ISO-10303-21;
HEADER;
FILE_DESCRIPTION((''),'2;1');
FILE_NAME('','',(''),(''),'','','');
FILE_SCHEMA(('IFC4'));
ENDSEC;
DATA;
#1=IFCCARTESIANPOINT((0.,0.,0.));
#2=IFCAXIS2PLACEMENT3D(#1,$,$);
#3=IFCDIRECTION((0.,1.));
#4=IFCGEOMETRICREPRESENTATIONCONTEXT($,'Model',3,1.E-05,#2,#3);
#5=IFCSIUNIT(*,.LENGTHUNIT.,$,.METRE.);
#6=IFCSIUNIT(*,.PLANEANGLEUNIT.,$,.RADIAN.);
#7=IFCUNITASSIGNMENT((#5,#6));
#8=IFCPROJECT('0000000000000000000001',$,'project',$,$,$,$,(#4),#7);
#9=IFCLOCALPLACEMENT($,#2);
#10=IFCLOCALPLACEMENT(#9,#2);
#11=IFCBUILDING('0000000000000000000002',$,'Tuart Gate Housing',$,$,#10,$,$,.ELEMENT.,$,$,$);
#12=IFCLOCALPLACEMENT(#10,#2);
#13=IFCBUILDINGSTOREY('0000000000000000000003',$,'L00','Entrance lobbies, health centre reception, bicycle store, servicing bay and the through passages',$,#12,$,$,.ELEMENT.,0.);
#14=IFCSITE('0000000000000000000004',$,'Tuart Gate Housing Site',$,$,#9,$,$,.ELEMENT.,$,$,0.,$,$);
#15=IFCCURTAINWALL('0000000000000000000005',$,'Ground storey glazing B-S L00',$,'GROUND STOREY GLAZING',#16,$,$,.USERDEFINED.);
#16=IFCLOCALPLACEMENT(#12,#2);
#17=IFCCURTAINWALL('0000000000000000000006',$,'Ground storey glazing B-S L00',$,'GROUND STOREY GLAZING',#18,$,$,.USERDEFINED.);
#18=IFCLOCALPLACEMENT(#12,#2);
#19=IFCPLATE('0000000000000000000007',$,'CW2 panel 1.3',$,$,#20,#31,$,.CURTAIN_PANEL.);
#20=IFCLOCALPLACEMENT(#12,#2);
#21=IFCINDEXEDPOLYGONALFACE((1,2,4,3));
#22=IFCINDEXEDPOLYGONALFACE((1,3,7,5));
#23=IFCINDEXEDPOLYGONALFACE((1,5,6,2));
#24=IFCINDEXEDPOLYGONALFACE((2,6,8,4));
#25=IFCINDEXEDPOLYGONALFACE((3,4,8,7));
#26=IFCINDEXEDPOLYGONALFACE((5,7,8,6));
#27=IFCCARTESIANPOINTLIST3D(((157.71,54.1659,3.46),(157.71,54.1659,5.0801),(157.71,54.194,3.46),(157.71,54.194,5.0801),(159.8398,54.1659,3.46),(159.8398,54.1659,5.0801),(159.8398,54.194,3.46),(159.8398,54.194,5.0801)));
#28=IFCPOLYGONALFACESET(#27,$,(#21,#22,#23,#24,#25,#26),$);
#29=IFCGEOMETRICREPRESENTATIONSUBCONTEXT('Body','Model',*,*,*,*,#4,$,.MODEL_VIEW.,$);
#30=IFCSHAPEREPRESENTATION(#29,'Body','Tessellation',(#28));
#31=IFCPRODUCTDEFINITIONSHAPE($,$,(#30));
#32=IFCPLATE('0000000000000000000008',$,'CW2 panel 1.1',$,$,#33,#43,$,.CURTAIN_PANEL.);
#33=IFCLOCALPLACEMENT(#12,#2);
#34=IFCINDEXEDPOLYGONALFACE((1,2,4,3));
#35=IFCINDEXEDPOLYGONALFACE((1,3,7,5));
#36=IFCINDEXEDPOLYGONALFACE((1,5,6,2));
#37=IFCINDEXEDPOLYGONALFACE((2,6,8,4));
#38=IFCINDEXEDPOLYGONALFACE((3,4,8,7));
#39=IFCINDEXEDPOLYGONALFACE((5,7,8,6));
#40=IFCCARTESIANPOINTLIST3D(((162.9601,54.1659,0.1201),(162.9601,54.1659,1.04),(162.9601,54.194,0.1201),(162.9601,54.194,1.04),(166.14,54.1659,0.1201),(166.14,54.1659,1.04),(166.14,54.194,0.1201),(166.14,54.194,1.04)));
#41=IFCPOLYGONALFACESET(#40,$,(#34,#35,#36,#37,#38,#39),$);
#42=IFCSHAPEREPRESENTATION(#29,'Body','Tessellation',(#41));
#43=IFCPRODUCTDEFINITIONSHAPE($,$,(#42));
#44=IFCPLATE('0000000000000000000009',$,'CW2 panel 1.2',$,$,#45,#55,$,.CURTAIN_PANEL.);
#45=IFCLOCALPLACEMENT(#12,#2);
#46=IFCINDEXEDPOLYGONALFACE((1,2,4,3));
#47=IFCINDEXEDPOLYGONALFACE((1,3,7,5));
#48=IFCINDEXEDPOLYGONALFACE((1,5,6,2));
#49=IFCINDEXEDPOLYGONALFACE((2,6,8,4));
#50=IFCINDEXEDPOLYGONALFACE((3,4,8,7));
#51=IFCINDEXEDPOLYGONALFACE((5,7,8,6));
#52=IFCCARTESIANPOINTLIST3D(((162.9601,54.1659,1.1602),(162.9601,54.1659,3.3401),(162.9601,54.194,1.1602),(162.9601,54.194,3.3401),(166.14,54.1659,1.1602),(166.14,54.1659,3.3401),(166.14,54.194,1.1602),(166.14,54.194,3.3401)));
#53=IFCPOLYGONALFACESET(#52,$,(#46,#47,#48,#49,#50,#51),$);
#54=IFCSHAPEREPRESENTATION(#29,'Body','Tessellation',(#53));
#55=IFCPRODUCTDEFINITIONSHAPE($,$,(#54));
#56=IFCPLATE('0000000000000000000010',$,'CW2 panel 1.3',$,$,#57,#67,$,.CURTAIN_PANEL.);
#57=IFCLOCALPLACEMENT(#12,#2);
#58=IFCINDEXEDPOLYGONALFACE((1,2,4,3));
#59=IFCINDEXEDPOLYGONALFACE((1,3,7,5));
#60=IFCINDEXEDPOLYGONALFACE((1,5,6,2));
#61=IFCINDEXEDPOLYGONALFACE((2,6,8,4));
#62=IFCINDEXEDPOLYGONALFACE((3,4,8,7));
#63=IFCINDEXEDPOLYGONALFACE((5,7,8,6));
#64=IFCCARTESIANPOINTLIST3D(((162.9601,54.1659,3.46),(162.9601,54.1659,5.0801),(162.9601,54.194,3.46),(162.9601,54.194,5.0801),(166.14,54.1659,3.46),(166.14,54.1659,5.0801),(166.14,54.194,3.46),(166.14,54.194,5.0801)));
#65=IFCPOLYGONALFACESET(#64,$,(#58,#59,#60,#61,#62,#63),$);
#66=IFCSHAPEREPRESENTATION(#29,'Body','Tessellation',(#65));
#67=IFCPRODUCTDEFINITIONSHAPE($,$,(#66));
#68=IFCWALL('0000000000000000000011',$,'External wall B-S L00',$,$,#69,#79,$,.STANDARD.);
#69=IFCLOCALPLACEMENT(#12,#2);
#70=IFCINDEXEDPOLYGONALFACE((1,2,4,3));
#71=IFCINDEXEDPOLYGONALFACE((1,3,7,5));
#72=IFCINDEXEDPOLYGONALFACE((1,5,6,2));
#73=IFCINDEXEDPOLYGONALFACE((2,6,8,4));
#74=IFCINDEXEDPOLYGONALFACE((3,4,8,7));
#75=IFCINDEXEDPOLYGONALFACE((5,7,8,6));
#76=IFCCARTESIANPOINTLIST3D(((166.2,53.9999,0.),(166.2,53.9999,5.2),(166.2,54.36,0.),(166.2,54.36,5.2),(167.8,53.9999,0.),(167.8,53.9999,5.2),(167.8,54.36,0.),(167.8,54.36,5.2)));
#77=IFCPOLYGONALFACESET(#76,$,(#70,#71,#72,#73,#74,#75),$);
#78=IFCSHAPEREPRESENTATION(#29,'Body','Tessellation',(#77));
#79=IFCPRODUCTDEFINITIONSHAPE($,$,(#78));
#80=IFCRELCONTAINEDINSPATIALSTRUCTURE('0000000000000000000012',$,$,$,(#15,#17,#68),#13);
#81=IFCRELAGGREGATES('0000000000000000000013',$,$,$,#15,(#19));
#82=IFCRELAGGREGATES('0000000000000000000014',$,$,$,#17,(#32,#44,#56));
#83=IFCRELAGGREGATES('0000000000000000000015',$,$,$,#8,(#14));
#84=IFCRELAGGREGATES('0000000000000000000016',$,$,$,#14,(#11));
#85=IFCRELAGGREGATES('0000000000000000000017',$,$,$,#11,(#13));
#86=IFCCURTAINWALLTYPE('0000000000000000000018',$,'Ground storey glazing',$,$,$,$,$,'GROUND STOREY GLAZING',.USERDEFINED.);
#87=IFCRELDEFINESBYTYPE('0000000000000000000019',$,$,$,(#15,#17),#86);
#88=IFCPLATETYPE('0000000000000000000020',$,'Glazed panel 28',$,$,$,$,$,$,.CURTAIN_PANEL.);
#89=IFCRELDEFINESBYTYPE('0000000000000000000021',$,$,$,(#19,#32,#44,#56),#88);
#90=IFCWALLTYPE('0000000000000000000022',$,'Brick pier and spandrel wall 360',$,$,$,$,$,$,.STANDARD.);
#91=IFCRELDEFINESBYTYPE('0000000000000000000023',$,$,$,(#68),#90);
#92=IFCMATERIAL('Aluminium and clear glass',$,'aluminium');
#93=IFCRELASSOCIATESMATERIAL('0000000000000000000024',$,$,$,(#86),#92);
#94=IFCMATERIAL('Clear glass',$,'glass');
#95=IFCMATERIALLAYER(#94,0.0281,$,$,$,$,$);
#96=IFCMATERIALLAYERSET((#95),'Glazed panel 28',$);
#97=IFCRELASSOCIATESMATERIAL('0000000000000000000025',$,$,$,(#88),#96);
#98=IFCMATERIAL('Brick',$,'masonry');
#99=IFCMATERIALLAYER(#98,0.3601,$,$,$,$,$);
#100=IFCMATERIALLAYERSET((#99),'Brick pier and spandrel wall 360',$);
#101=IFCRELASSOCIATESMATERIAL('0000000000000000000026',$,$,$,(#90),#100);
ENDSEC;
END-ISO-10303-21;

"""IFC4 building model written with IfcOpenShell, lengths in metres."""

from ifc_helpers import new_model, si_unit, direction, frame, frame_2d, origin, origin_2d, place, context, subcontext, project, spatial, rectangle, extrude, material, layer, layer_set, type_object, element, aggregate, save


model = new_model("IFC4")

# Units and contexts
model_context = context("Model", 3, precision=1e-05, world=origin(), true_north=direction((0.0, 1.0)))
body_context = subcontext(model_context, "Body", "Model", "MODEL_VIEW")
ifc_project = project(units=[si_unit("LENGTHUNIT", "METRE"), si_unit("PLANEANGLEUNIT", "RADIAN")], contexts=[model_context])

# Site, building, storey
site_placement = place(None, origin())
site = spatial("IfcSite", under=ifc_project, at=site_placement, Name="Tuart Gate Housing Site", CompositionType="ELEMENT", RefElevation=0.0)
building_placement = place(site_placement, origin())
building = spatial("IfcBuilding", under=site, at=building_placement, Name="Tuart Gate Housing", CompositionType="ELEMENT")
storey_placement = place(building_placement, origin())
storey = spatial("IfcBuildingStorey", under=building, at=storey_placement, Name="L00", Description="Entrance lobbies, health centre reception, bicycle store, servicing bay and the through passages", CompositionType="ELEMENT", Elevation=0.0)

# Curtain walls
ifc_material_1 = material(Name="Aluminium and clear glass", Category="aluminium")
curtain_wall_type = type_object("IfcCurtainWallType", Name="Ground storey glazing", ElementType="GROUND STOREY GLAZING", PredefinedType="USERDEFINED", material=ifc_material_1)
curtain_wall_1_placement = place(storey_placement, origin())
curtain_wall_1 = element("IfcCurtainWall", 1, at=curtain_wall_1_placement, inside=storey, type_object=curtain_wall_type, Name="Ground storey glazing B-S L00", ObjectType="GROUND STOREY GLAZING", PredefinedType="USERDEFINED")
curtain_wall_2_placement = place(storey_placement, origin())
curtain_wall_2 = element("IfcCurtainWall", 2, at=curtain_wall_2_placement, inside=storey, type_object=curtain_wall_type, Name="Ground storey glazing B-S L00", ObjectType="GROUND STOREY GLAZING", PredefinedType="USERDEFINED")

# Plates
ifc_material_2 = material(Name="Clear glass", Category="glass")
ifc_layer_1 = layer(ifc_material_2, 0.0281)
ifc_layer_set_1 = layer_set([ifc_layer_1], Name="Glazed panel 28")
plate_type = type_object("IfcPlateType", Name="Glazed panel 28", PredefinedType="CURTAIN_PANEL", material=ifc_layer_set_1)
plate_1_placement = place(storey_placement, frame((158.7749, 54.1799, 3.46), z_axis=(0.0, 0.0, 1.0), x_axis=(1.0, 0.0, 0.0)))
plate_1 = element("IfcPlate", 3, at=plate_1_placement, type_object=plate_type, Name="CW2 panel 1.3", PredefinedType="CURTAIN_PANEL", context=body_context, shape_type="SweptSolid", body=[
    extrude(rectangle(XDim=2.1299, YDim=0.0281, at=origin_2d()), origin(), (0.0, 0.0, 1.0), 1.6201),
])
aggregate(curtain_wall_1, [plate_1])
plate_2_placement = place(storey_placement, frame((164.55, 54.1799, 0.1201), z_axis=(0.0, 0.0, 1.0), x_axis=(1.0, 0.0, 0.0)))
plate_2 = element("IfcPlate", 4, at=plate_2_placement, type_object=plate_type, Name="CW2 panel 1.1", PredefinedType="CURTAIN_PANEL", context=body_context, shape_type="SweptSolid", body=[
    extrude(rectangle(XDim=3.1799, YDim=0.0281, at=origin_2d()), origin(), (0.0, 0.0, 1.0), 0.9199),
])
plate_3_placement = place(storey_placement, frame((164.55, 54.1799, 1.1602), z_axis=(0.0, 0.0, 1.0), x_axis=(1.0, 0.0, 0.0)))
plate_3 = element("IfcPlate", 5, at=plate_3_placement, type_object=plate_type, Name="CW2 panel 1.2", PredefinedType="CURTAIN_PANEL", context=body_context, shape_type="SweptSolid", body=[
    extrude(rectangle(XDim=3.1799, YDim=0.0281, at=origin_2d()), origin(), (0.0, 0.0, 1.0), 2.1799),
])
plate_4_placement = place(storey_placement, frame((164.55, 54.1799, 3.46), z_axis=(0.0, 0.0, 1.0), x_axis=(1.0, 0.0, 0.0)))
plate_4 = element("IfcPlate", 6, at=plate_4_placement, type_object=plate_type, Name="CW2 panel 1.3", PredefinedType="CURTAIN_PANEL", context=body_context, shape_type="SweptSolid", body=[
    extrude(rectangle(XDim=3.1799, YDim=0.0281, at=origin_2d()), origin(), (0.0, 0.0, 1.0), 1.6201),
])
aggregate(curtain_wall_2, [plate_2, plate_3, plate_4])

# Wall
ifc_material_3 = material(Name="Brick", Category="masonry")
ifc_layer_2 = layer(ifc_material_3, 0.3601)
ifc_layer_set_2 = layer_set([ifc_layer_2], Name="Brick pier and spandrel wall 360")
wall_type = type_object("IfcWallType", Name="Brick pier and spandrel wall 360", PredefinedType="STANDARD", material=ifc_layer_set_2)
wall_1_placement = place(storey_placement, frame((166.2, 54.1799, 0.0), z_axis=(0.0, 0.0, 1.0), x_axis=(1.0, 0.0, 0.0)))
element("IfcWall", 7, at=wall_1_placement, inside=storey, type_object=wall_type, Name="External wall B-S L00", PredefinedType="STANDARD", context=body_context, shape_type="SweptSolid", body=[
    extrude(rectangle(XDim=1.6001, YDim=0.3601, at=frame_2d((0.8, 0.0))), origin(), (0.0, 0.0, 1.0), 5.2),
])

save(model, "model.ifc")
